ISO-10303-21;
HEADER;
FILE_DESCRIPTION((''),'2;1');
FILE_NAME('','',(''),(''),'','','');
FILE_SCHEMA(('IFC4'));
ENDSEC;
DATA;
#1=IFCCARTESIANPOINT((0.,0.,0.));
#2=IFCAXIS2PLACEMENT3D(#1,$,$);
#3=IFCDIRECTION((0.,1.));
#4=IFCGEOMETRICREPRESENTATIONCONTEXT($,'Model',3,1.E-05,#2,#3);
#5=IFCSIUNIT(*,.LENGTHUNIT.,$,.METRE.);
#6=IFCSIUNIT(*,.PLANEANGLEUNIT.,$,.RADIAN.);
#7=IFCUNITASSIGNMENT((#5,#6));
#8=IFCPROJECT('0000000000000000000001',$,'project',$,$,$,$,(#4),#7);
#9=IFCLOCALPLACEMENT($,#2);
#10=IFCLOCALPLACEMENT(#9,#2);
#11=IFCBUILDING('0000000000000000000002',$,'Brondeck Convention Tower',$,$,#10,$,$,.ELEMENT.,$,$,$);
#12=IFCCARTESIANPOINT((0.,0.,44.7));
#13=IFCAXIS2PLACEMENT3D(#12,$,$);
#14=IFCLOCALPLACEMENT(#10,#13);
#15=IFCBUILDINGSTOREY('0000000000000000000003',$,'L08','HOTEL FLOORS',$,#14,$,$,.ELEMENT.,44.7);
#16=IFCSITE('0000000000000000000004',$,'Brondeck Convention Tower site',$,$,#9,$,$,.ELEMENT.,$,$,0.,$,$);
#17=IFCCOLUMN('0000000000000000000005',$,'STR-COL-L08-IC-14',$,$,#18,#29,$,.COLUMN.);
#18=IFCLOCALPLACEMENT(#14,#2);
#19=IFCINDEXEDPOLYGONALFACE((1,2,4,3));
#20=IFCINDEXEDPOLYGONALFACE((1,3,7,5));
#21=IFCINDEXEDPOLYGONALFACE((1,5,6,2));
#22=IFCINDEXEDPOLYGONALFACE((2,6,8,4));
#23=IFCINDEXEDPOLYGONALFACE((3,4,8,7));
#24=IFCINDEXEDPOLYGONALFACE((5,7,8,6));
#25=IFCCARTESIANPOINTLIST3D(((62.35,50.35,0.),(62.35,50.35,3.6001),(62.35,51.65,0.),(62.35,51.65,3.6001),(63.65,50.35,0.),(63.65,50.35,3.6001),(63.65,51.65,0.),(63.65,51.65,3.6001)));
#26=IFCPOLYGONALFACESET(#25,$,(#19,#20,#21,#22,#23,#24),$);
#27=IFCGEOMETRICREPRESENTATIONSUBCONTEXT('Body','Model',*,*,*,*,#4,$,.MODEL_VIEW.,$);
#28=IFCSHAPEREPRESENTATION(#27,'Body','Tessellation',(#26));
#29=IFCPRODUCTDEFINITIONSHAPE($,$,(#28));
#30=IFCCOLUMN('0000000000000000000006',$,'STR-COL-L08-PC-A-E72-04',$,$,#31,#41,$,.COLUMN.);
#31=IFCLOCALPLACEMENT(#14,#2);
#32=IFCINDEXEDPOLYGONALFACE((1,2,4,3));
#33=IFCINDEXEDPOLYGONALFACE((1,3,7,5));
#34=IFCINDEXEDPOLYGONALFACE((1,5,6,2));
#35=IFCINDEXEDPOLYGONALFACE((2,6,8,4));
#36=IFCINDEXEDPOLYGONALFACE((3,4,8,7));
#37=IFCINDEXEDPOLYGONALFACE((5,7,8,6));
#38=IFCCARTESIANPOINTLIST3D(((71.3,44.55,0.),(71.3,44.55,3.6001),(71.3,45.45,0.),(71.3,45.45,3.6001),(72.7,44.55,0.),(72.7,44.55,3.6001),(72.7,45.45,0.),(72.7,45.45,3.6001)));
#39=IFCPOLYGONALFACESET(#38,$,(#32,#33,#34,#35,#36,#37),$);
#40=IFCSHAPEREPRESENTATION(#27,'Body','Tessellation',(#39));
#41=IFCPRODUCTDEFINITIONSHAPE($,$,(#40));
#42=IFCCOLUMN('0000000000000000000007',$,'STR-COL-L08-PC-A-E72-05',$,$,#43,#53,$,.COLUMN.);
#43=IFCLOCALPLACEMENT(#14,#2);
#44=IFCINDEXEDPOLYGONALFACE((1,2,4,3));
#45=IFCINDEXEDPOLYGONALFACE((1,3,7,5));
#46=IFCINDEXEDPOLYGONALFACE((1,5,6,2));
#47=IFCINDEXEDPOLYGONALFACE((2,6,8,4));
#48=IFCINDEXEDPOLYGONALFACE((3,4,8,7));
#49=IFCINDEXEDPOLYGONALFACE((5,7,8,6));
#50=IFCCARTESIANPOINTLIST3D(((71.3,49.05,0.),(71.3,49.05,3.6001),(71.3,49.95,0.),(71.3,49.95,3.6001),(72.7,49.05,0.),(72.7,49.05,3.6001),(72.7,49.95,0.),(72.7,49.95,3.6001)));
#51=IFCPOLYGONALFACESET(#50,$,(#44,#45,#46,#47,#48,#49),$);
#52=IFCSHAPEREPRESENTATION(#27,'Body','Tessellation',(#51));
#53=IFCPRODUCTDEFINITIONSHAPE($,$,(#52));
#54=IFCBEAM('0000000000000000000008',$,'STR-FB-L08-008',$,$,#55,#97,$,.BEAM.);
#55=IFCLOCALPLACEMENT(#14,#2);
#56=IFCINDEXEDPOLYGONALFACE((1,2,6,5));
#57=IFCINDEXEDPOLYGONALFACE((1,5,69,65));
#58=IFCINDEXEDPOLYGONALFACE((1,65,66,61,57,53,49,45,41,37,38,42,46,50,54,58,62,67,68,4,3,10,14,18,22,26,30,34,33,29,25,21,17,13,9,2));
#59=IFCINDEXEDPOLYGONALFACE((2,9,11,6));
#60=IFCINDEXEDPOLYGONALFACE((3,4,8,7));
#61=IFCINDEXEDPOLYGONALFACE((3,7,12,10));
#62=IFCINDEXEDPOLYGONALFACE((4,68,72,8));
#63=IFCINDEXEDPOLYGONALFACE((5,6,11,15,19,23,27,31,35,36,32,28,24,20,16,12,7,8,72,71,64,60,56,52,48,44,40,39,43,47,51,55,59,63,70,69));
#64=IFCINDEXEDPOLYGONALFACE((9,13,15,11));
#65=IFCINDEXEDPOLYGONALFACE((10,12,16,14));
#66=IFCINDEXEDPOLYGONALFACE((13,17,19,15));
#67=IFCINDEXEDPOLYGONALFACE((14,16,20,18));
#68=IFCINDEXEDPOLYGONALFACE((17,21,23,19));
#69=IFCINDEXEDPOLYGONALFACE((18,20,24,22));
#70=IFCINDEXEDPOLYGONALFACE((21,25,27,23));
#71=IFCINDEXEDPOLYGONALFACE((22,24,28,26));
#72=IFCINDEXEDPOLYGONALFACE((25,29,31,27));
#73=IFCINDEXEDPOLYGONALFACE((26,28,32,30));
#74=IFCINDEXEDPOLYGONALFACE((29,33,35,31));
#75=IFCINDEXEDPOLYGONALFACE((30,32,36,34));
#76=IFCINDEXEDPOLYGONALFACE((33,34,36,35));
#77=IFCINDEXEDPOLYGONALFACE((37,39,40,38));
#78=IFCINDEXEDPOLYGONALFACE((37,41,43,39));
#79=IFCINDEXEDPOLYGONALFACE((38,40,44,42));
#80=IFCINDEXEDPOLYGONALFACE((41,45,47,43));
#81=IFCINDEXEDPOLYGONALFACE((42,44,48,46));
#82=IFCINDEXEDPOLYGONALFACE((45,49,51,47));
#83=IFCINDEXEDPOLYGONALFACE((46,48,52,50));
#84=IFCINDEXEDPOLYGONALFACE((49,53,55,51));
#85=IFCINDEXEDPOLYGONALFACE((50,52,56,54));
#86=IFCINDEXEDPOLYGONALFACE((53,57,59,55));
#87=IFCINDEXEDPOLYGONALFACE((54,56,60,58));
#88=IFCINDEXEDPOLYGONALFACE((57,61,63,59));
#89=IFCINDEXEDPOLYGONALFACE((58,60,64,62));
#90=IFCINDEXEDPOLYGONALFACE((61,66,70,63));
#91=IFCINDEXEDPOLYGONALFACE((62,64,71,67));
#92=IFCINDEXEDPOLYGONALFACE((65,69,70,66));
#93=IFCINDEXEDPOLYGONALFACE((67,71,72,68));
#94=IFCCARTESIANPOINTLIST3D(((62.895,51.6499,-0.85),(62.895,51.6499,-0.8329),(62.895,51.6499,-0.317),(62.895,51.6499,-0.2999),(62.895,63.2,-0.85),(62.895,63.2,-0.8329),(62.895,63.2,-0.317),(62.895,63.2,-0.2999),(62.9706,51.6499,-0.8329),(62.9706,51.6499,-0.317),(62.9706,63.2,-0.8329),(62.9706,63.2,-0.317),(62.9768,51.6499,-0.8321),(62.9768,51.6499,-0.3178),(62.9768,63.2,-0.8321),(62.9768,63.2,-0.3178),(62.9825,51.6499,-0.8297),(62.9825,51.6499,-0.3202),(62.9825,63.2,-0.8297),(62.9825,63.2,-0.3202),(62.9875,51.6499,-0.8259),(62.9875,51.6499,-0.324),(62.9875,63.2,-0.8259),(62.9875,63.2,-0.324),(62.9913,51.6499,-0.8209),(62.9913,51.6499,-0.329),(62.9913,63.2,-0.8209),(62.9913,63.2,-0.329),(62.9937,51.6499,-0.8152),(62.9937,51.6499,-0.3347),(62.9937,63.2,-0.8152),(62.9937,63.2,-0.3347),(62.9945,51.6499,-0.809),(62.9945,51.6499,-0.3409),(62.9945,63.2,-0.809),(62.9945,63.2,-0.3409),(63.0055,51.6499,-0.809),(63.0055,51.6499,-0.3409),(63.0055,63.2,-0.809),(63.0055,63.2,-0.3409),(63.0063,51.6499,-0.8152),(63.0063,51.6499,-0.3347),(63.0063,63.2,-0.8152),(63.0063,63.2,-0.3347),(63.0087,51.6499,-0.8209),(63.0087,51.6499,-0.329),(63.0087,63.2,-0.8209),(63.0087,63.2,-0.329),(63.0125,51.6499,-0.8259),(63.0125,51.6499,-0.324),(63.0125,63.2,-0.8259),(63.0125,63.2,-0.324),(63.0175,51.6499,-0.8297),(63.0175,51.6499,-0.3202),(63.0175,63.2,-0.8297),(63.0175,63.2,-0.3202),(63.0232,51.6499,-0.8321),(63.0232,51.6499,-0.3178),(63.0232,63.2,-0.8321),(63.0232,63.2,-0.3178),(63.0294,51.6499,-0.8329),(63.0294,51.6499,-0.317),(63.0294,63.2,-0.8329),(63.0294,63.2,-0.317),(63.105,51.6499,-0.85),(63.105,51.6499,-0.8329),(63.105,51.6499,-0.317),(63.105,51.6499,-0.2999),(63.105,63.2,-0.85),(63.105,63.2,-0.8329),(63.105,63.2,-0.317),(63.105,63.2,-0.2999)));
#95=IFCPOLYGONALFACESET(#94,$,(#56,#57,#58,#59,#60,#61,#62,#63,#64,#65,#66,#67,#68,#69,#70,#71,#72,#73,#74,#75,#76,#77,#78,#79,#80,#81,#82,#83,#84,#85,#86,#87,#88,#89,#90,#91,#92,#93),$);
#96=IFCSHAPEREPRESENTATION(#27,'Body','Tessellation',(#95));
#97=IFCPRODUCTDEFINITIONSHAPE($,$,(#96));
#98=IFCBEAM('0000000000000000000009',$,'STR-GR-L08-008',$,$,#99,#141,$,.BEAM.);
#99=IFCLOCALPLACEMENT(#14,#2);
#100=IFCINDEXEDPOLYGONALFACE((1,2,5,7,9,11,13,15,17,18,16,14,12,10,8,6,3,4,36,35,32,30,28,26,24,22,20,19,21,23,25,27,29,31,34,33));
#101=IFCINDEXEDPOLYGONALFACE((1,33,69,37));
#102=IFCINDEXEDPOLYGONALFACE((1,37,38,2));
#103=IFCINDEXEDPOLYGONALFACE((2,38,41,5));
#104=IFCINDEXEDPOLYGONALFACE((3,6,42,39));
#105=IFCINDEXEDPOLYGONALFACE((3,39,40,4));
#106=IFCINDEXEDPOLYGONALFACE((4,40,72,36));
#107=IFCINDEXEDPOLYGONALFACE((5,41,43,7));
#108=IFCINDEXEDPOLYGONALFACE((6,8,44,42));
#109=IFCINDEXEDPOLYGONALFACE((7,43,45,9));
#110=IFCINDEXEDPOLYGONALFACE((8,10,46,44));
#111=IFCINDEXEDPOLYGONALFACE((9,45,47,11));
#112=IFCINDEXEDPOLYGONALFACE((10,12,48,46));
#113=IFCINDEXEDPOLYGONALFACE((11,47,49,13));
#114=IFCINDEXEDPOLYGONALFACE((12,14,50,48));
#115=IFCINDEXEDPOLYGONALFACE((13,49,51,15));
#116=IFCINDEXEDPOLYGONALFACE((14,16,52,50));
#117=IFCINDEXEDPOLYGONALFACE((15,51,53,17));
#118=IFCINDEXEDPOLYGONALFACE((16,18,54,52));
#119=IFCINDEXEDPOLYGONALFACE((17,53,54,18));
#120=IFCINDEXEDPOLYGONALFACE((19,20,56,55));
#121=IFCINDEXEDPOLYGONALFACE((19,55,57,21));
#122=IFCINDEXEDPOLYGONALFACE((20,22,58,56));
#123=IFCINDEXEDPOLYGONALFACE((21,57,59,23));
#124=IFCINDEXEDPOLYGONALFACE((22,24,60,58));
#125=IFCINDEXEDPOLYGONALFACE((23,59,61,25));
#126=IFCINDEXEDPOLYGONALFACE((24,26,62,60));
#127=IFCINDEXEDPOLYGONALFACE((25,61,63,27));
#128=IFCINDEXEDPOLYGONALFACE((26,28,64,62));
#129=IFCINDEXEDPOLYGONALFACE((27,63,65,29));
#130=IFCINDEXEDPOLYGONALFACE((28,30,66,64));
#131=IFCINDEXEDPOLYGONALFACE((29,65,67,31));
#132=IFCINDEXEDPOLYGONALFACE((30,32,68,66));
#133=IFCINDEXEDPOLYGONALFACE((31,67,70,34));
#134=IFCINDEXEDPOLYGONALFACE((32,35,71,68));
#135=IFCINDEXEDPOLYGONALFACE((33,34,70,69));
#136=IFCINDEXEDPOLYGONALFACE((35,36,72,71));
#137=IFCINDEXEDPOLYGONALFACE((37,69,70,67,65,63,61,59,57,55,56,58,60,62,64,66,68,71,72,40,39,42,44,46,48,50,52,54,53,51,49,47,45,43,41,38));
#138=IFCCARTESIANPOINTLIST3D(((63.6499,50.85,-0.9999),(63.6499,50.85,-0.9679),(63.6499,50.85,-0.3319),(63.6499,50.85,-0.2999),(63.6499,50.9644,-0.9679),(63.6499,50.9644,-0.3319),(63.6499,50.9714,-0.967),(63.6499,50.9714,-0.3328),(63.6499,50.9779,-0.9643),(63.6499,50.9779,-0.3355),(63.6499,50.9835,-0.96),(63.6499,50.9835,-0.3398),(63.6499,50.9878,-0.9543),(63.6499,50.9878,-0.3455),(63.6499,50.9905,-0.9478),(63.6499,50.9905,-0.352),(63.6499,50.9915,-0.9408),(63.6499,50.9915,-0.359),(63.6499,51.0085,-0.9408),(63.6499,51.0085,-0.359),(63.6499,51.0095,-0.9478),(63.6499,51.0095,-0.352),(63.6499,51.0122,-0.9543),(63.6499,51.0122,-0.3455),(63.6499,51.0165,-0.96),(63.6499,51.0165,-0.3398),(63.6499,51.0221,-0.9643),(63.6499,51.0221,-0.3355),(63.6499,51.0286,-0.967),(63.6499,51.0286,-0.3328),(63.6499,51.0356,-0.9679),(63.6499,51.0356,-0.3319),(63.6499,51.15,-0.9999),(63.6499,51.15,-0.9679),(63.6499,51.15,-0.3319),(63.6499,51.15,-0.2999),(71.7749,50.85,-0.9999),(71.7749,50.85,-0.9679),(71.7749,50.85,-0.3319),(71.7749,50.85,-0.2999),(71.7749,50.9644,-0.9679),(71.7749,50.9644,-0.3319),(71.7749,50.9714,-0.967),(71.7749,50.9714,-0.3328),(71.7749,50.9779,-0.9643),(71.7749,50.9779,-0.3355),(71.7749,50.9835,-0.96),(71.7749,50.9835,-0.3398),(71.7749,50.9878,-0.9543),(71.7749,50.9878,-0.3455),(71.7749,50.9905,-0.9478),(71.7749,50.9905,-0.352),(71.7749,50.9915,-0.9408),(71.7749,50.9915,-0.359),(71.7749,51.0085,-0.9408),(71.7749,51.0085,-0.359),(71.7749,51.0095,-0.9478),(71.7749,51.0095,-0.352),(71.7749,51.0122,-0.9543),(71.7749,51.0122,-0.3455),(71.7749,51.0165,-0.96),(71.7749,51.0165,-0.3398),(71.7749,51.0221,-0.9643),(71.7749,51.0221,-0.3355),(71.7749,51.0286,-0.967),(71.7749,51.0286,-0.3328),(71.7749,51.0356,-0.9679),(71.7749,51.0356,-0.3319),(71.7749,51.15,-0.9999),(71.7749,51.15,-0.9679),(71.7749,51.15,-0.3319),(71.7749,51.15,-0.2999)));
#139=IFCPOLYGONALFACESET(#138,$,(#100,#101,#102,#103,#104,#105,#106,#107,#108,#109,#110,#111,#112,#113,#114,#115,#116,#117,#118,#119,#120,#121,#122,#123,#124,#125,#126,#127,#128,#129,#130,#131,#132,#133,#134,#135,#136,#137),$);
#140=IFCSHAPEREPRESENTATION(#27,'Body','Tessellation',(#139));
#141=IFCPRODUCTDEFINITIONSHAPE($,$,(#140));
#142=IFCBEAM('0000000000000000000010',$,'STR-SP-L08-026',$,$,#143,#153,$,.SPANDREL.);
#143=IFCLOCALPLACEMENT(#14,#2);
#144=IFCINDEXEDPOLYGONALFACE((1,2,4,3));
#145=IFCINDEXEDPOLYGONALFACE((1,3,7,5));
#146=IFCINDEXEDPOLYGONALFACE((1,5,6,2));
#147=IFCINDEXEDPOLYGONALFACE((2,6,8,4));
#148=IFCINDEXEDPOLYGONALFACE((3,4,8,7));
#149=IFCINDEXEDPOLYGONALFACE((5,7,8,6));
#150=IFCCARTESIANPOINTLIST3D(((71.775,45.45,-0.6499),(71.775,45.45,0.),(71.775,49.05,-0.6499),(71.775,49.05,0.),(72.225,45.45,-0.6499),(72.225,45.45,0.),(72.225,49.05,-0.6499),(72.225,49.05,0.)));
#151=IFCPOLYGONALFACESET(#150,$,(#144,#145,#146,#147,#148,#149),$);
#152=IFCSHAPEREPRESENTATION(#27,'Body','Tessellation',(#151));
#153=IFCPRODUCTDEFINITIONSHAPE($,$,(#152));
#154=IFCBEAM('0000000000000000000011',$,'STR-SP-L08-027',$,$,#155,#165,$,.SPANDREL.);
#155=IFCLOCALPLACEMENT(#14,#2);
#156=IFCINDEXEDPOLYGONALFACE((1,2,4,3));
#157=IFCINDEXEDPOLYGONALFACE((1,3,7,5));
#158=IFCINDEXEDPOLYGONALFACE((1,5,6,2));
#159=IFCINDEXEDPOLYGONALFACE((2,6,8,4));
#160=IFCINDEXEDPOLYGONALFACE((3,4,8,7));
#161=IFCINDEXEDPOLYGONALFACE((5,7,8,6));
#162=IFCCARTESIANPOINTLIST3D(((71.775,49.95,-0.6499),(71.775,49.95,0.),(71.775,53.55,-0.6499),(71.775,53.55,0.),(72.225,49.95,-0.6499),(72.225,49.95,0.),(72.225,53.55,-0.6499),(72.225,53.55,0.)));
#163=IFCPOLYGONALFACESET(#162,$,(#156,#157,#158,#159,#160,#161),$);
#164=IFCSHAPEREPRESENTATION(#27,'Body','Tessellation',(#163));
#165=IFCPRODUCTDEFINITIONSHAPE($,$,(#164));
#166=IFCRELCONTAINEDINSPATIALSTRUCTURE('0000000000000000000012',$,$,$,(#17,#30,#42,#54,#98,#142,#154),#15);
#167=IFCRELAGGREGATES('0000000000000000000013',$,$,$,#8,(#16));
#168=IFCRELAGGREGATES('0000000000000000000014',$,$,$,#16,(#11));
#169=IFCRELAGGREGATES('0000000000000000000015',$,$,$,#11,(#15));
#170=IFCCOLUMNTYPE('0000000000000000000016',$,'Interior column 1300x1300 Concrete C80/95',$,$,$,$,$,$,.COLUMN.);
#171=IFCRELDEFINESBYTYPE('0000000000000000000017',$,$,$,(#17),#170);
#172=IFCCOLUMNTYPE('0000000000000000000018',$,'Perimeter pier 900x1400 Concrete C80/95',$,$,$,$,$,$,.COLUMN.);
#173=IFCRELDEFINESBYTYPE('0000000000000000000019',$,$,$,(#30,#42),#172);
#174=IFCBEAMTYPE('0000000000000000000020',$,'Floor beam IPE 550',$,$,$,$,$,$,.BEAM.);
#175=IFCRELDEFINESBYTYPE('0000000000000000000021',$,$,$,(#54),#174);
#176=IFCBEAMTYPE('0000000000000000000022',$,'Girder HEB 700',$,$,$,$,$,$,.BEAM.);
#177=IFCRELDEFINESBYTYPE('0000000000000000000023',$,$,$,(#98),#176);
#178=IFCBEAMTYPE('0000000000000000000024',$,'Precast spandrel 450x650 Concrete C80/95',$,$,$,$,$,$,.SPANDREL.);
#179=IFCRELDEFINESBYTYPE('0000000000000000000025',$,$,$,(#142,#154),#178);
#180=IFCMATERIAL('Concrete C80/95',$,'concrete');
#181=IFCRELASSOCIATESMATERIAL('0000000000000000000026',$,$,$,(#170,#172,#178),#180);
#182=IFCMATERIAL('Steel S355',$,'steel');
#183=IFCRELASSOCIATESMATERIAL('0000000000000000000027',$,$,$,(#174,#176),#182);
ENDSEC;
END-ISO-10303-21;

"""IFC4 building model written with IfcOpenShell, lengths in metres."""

from ifc_helpers import new_model, si_unit, direction, frame, origin, origin_2d, place, context, subcontext, project, spatial, rectangle, i_section, extrude, material, material_profile, profile_set, type_object, element, save


model = new_model("IFC4")

# Units and contexts
model_context = context("Model", 3, precision=1e-05, world=origin(), true_north=direction((0.0, 1.0)))
body_context = subcontext(model_context, "Body", "Model", "MODEL_VIEW")
ifc_project = project(units=[si_unit("LENGTHUNIT", "METRE"), si_unit("PLANEANGLEUNIT", "RADIAN")], contexts=[model_context])

# Site, building, storey
site_placement = place(None, origin())
site = spatial("IfcSite", under=ifc_project, at=site_placement, Name="Brondeck Convention Tower site", CompositionType="ELEMENT", RefElevation=0.0)
building_placement = place(site_placement, origin())
building = spatial("IfcBuilding", under=site, at=building_placement, Name="Brondeck Convention Tower", CompositionType="ELEMENT")
storey_placement = place(building_placement, frame((0.0, 0.0, 44.7)))
storey = spatial("IfcBuildingStorey", under=building, at=storey_placement, Name="L08", Description="HOTEL FLOORS", CompositionType="ELEMENT", Elevation=44.7)

# Columns
ifc_material_1 = material(Name="Concrete C80/95", Category="concrete")
ifc_material_profile_1 = material_profile(ifc_material_1, rectangle(XDim=1.3, YDim=1.3, at=origin_2d()), Name="Interior column 1300x1300 Concrete C80/95")
ifc_profile_set_1 = profile_set([ifc_material_profile_1], Name="Concrete C80/95")
column_type_1 = type_object("IfcColumnType", Name="Interior column 1300x1300 Concrete C80/95", PredefinedType="COLUMN", material=ifc_profile_set_1)
column_placement = place(storey_placement, frame((63.0, 51.0, 0.0), z_axis=(0.0, 0.0, 1.0), x_axis=(1.0, 0.0, 0.0)))
element("IfcColumn", 1, at=column_placement, inside=storey, type_object=column_type_1, Name="STR-COL-L08-IC-14", PredefinedType="COLUMN", context=body_context, shape_type="SweptSolid", body=[
    extrude(rectangle(XDim=1.3, YDim=1.3, at=origin_2d()), origin(), (0.0, 0.0, 1.0), 3.6001),
])
ifc_material_profile_2 = material_profile(ifc_material_1, rectangle(XDim=0.8999, YDim=1.3999, at=origin_2d()), Name="Perimeter pier 900x1400 Concrete C80/95")
ifc_profile_set_2 = profile_set([ifc_material_profile_2], Name="Concrete C80/95")
column_type_2 = type_object("IfcColumnType", Name="Perimeter pier 900x1400 Concrete C80/95", PredefinedType="COLUMN", material=ifc_profile_set_2)
for number, where, z_axis, x_axis, name in (
    (2, (72.0, 45.0, 0.0), (0.0, 0.0, 1.0), (0.0, 1.0, 0.0), "STR-COL-L08-PC-A-E72-04"),
    (3, (72.0, 49.5, 0.0), (0.0, 0.0, 1.0), (0.0, 1.0, 0.0), "STR-COL-L08-PC-A-E72-05"),
):
    element("IfcColumn", number, at=place(storey_placement, frame(where, z_axis=z_axis, x_axis=x_axis)), inside=storey, type_object=column_type_2, Name=name, PredefinedType="COLUMN", context=body_context, shape_type="SweptSolid", body=[
        extrude(rectangle(XDim=0.8999, YDim=1.3999, at=origin_2d()), origin(), (0.0, 0.0, 1.0), 3.6001),
    ])

# Beams
ifc_material_2 = material(Name="Steel S355", Category="steel")
ifc_material_profile_3 = material_profile(ifc_material_2, i_section(OverallWidth=0.21, OverallDepth=0.55, WebThickness=0.011, FlangeThickness=0.0171, FilletRadius=0.0239, at=origin_2d()), Name="IPE 550")
ifc_profile_set_3 = profile_set([ifc_material_profile_3], Name="Steel S355")
beam_type_1 = type_object("IfcBeamType", Name="Floor beam IPE 550", PredefinedType="BEAM", material=ifc_profile_set_3)
beam_1_placement = place(storey_placement, frame((63.0, 51.6499, -0.575), z_axis=(0.0, 1.0, 0.0), x_axis=(-1.0, 0.0, 0.0)))
element("IfcBeam", 4, at=beam_1_placement, inside=storey, type_object=beam_type_1, Name="STR-FB-L08-008", PredefinedType="BEAM", context=body_context, shape_type="SweptSolid", body=[
    extrude(i_section(OverallWidth=0.21, OverallDepth=0.55, WebThickness=0.011, FlangeThickness=0.0171, FilletRadius=0.0239, at=origin_2d()), origin(), (0.0, 0.0, 1.0), 11.55),
])
ifc_material_profile_4 = material_profile(ifc_material_2, i_section(OverallWidth=0.3, OverallDepth=0.7, WebThickness=0.0171, FlangeThickness=0.032, FilletRadius=0.0271, at=origin_2d()), Name="HEB 700")
ifc_profile_set_4 = profile_set([ifc_material_profile_4], Name="Steel S355")
beam_type_2 = type_object("IfcBeamType", Name="Girder HEB 700", PredefinedType="BEAM", material=ifc_profile_set_4)
beam_2_placement = place(storey_placement, frame((63.6499, 51.0, -0.6499), z_axis=(1.0, 0.0, 0.0), x_axis=(0.0, 1.0, 0.0)))
element("IfcBeam", 5, at=beam_2_placement, inside=storey, type_object=beam_type_2, Name="STR-GR-L08-008", PredefinedType="BEAM", context=body_context, shape_type="SweptSolid", body=[
    extrude(i_section(OverallWidth=0.3, OverallDepth=0.7, WebThickness=0.0171, FlangeThickness=0.032, FilletRadius=0.0271, at=origin_2d()), origin(), (0.0, 0.0, 1.0), 8.125),
])
ifc_material_profile_5 = material_profile(ifc_material_1, rectangle(XDim=0.45, YDim=0.6499, at=origin_2d()), Name="Precast spandrel 450x650 Concrete C80/95")
ifc_profile_set_5 = profile_set([ifc_material_profile_5], Name="Concrete C80/95")
beam_type_3 = type_object("IfcBeamType", Name="Precast spandrel 450x650 Concrete C80/95", PredefinedType="SPANDREL", material=ifc_profile_set_5)
for number, where, z_axis, x_axis, name in (
    (6, (72.0, 45.45, -0.325), (0.0, 1.0, 0.0), (-1.0, 0.0, 0.0), "STR-SP-L08-026"),
    (7, (72.0, 49.95, -0.325), (0.0, 1.0, 0.0), (-1.0, 0.0, 0.0), "STR-SP-L08-027"),
):
    element("IfcBeam", number, at=place(storey_placement, frame(where, z_axis=z_axis, x_axis=x_axis)), inside=storey, type_object=beam_type_3, Name=name, PredefinedType="SPANDREL", context=body_context, shape_type="SweptSolid", body=[
        extrude(rectangle(XDim=0.45, YDim=0.6499, at=origin_2d()), origin(), (0.0, 0.0, 1.0), 3.6001),
    ])

save(model, "model.ifc")
